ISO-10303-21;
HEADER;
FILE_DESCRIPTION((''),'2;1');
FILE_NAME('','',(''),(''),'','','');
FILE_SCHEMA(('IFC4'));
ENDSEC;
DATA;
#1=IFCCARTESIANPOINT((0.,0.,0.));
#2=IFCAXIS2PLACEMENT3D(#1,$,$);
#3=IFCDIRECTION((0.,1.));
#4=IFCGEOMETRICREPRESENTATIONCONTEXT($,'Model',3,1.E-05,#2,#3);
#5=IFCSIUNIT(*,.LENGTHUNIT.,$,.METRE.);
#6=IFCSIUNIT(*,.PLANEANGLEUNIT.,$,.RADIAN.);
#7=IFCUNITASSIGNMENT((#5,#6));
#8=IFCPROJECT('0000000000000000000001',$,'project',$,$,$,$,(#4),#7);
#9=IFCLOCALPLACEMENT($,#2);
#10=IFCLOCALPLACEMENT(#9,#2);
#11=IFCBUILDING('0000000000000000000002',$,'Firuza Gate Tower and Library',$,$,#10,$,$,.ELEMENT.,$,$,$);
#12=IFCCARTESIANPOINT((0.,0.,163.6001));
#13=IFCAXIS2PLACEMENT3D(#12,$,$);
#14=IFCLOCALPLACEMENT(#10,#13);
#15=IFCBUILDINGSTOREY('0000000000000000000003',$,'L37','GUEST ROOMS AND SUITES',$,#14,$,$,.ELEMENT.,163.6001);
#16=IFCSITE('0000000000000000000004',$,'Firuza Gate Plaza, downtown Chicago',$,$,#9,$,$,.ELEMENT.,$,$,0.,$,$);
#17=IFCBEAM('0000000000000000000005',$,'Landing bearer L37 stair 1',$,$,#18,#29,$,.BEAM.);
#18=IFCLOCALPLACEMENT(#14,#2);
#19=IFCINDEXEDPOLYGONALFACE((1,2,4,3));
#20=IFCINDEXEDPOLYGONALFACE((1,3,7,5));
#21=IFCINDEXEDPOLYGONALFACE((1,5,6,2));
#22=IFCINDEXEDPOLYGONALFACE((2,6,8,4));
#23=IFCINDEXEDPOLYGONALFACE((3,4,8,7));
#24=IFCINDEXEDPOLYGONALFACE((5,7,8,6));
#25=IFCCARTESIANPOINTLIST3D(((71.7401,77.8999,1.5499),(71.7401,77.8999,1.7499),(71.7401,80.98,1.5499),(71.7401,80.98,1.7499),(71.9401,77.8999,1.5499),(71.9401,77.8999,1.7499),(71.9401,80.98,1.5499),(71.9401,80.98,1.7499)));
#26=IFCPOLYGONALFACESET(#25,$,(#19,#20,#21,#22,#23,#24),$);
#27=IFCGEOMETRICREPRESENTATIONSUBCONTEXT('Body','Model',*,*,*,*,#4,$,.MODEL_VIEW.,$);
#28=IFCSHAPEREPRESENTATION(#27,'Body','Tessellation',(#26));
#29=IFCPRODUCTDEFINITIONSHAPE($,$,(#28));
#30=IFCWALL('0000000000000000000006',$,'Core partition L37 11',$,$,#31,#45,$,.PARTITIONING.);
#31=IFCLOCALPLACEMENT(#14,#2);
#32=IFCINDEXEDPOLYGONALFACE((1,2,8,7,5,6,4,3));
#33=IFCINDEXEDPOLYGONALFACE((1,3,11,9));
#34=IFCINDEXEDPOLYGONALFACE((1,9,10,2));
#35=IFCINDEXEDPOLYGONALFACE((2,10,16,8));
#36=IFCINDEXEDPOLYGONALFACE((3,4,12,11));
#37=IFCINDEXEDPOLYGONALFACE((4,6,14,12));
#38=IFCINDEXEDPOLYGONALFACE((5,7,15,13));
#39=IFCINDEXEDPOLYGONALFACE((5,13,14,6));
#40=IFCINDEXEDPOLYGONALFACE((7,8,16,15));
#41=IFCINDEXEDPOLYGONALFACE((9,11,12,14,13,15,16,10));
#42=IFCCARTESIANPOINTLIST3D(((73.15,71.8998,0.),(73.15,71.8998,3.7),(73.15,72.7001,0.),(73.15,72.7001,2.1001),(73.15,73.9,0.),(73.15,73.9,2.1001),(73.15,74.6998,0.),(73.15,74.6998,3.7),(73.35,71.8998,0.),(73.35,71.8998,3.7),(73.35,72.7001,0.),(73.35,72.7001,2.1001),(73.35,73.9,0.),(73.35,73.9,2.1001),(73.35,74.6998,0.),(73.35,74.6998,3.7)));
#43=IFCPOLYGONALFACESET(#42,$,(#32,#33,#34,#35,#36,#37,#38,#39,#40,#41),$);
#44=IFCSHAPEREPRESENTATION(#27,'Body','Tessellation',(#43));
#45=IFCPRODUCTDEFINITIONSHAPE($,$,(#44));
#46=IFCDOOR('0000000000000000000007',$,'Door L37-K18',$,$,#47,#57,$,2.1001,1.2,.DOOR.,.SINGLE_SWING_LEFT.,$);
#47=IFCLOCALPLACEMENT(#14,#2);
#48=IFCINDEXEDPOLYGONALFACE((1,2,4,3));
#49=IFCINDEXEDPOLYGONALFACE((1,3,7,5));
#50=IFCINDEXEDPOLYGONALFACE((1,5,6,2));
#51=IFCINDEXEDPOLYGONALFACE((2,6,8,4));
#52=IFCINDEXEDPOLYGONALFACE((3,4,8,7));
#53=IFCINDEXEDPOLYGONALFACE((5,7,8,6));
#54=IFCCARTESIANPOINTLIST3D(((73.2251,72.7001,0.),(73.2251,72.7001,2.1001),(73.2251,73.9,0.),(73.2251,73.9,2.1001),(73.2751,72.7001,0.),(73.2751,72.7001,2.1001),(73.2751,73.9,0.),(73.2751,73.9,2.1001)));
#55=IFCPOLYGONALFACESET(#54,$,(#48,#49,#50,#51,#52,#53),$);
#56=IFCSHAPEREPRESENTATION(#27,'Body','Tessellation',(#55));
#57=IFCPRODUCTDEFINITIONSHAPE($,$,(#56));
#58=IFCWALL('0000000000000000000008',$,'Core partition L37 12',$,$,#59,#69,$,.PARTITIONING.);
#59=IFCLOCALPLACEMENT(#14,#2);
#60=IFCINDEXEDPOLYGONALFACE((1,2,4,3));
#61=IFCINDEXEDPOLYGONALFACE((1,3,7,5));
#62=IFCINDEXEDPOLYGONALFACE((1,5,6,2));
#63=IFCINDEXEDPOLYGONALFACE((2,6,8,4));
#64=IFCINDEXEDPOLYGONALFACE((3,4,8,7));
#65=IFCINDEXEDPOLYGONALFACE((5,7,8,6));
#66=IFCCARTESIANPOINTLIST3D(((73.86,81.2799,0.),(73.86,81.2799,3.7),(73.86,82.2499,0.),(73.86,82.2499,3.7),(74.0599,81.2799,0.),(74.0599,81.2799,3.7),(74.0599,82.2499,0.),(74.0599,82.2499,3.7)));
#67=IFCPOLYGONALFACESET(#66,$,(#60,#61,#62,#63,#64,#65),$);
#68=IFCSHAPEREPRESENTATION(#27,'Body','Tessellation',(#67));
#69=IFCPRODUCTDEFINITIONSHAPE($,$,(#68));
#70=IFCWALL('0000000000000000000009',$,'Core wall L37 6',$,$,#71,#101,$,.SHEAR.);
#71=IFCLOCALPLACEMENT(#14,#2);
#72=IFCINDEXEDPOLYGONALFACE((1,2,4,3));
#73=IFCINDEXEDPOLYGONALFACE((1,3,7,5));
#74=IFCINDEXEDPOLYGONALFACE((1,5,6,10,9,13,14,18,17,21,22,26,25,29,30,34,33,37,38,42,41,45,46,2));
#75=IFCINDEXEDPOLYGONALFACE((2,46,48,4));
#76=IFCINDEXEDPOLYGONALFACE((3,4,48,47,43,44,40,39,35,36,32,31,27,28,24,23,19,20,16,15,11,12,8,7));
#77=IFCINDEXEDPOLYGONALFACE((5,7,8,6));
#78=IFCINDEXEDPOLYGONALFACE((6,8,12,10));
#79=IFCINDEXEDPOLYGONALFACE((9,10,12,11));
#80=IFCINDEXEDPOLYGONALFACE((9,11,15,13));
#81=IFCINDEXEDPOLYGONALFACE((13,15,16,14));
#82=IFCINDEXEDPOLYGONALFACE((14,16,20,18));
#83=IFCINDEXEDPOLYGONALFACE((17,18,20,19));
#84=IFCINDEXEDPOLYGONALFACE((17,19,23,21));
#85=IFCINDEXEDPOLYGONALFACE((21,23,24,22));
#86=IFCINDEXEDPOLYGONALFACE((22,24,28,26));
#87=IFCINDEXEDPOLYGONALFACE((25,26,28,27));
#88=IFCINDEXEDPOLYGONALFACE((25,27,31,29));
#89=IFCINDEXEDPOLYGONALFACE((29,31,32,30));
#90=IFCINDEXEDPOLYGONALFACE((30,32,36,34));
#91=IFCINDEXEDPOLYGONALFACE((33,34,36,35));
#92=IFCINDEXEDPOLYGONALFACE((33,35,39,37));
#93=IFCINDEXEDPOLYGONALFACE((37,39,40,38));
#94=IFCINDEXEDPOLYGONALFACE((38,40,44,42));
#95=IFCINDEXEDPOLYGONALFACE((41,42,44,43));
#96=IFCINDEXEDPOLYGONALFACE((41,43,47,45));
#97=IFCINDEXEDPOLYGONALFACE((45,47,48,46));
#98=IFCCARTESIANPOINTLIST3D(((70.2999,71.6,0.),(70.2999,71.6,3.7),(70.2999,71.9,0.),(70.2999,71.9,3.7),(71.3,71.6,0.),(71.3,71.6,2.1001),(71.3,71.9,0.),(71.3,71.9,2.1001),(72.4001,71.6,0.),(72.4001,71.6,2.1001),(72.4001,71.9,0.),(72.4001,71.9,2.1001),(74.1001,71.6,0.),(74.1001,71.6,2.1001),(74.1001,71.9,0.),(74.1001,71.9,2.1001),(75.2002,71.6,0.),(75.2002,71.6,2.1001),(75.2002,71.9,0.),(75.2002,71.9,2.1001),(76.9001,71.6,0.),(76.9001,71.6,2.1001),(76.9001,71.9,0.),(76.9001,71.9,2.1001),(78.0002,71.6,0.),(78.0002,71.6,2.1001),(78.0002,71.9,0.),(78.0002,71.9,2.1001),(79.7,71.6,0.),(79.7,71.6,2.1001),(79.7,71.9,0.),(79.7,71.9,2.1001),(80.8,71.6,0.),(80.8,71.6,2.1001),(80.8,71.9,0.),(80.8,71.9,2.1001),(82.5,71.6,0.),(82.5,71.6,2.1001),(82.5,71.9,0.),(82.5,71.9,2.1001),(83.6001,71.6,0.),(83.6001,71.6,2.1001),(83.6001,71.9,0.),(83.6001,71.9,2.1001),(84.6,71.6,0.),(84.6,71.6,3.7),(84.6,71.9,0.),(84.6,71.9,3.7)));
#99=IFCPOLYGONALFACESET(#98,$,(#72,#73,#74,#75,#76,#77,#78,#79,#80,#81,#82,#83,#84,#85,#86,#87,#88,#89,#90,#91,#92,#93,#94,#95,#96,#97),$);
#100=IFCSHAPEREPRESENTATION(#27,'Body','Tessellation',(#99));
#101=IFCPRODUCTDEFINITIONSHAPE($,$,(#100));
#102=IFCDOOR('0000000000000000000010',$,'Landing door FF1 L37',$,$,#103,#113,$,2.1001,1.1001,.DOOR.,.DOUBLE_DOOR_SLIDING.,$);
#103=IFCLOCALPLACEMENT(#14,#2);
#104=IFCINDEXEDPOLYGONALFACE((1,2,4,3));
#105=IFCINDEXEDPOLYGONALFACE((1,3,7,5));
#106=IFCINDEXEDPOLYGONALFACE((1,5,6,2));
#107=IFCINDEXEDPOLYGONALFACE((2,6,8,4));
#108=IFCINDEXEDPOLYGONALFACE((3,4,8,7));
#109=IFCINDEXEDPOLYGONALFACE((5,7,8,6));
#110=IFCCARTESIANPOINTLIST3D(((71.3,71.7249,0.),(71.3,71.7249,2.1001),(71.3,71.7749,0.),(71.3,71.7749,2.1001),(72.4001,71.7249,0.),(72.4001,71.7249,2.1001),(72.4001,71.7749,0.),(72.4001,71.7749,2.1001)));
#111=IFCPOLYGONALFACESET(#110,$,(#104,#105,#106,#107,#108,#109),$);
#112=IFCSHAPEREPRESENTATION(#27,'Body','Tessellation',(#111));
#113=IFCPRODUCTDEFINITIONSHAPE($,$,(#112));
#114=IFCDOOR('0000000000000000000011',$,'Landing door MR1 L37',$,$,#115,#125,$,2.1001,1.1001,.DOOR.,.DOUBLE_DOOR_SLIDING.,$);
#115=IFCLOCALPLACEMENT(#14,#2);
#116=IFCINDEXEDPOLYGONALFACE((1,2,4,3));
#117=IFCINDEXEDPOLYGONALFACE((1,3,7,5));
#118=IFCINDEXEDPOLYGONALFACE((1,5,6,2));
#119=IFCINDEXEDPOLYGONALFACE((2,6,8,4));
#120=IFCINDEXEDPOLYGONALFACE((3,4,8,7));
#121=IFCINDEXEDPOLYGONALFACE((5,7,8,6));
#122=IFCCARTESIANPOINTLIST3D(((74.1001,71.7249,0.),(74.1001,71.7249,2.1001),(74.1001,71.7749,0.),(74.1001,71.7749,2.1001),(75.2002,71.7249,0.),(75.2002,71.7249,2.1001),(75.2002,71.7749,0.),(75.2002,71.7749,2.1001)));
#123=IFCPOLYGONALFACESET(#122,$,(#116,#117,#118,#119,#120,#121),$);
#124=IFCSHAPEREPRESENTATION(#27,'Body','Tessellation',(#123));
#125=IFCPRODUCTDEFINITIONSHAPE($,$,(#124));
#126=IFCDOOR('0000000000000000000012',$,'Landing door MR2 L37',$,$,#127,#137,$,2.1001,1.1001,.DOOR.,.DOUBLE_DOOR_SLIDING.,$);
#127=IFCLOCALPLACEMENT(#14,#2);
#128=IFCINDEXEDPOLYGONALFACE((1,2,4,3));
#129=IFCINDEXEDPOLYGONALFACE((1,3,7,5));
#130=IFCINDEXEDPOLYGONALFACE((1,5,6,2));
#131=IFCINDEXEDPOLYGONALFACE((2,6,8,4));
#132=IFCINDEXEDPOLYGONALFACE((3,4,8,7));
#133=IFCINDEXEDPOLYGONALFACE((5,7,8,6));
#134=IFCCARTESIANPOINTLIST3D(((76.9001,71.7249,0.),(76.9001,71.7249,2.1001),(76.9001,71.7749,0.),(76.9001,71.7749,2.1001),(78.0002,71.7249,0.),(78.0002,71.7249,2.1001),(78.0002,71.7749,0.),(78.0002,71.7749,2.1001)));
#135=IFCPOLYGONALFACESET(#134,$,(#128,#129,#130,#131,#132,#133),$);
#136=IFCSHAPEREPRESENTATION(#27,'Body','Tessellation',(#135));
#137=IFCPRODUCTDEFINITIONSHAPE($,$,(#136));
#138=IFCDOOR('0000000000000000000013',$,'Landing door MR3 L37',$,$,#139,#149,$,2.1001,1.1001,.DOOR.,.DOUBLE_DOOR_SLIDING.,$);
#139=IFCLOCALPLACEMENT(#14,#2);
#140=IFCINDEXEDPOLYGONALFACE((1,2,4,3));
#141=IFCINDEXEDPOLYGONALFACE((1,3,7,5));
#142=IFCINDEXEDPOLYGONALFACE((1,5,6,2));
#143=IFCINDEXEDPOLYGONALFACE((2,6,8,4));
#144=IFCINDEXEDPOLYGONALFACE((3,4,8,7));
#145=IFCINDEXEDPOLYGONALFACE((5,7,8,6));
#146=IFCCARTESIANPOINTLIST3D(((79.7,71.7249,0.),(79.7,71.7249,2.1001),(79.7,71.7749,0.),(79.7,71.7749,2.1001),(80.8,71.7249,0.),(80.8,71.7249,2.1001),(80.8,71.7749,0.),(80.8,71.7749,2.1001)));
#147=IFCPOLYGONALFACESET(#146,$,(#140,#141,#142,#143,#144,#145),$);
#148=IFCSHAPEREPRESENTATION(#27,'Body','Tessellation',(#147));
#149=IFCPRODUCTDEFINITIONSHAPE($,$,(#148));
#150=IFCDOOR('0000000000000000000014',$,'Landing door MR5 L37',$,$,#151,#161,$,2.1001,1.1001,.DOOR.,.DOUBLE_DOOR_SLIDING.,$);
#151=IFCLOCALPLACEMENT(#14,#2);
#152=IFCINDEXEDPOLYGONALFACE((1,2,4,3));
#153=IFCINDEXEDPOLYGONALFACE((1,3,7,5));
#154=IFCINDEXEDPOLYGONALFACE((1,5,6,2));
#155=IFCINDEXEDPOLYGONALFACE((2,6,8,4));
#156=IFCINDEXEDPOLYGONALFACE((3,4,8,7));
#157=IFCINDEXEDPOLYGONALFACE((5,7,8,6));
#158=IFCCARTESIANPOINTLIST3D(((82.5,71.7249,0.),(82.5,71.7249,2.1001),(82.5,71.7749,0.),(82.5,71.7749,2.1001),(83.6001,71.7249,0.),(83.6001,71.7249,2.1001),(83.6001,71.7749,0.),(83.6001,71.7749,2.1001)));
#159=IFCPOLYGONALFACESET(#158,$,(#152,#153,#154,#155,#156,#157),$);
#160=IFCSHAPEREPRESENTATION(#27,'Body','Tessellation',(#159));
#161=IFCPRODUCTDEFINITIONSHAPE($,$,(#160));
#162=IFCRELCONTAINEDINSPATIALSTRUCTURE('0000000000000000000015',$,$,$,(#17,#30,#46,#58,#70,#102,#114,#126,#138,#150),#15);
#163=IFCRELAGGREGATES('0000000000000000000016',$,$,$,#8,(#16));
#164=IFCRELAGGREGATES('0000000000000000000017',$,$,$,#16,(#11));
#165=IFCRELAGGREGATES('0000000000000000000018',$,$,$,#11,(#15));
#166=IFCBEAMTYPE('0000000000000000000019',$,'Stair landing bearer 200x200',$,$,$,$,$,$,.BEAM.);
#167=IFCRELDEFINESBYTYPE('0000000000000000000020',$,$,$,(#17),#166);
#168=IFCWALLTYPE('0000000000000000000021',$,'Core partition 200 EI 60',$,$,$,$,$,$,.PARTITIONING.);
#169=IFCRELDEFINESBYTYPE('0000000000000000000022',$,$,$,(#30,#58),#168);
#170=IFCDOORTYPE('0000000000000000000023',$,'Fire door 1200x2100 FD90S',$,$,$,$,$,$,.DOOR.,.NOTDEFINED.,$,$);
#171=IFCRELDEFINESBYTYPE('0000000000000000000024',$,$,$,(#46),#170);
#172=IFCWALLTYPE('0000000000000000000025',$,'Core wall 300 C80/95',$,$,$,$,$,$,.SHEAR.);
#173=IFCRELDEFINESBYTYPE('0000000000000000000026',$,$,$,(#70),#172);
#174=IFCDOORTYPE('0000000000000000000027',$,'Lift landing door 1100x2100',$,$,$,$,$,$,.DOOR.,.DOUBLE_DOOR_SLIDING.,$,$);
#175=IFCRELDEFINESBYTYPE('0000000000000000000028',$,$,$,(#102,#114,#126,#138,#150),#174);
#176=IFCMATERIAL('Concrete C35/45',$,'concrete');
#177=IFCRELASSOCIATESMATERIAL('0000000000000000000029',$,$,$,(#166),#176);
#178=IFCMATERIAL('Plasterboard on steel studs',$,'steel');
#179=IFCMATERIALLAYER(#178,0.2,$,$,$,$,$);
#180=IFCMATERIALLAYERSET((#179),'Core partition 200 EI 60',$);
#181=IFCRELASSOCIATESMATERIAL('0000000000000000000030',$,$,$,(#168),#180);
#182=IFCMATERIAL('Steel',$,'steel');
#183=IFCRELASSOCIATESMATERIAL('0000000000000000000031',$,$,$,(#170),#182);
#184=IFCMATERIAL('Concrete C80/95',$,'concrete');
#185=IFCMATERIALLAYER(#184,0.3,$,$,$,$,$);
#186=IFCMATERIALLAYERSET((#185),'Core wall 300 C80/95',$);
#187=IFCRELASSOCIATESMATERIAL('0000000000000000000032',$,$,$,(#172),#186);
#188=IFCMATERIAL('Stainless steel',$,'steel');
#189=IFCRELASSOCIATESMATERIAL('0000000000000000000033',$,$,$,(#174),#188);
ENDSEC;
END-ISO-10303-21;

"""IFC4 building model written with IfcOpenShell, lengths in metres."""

from ifc_helpers import new_model, si_unit, direction, frame, frame_2d, origin, origin_2d, place, context, subcontext, project, spatial, rectangle, extrude, material, layer, layer_set, material_profile, profile_set, type_object, element, fill, save


model = new_model("IFC4")

# Units and contexts
model_context = context("Model", 3, precision=1e-05, world=origin(), true_north=direction((0.0, 1.0)))
body_context = subcontext(model_context, "Body", "Model", "MODEL_VIEW")
ifc_project = project(units=[si_unit("LENGTHUNIT", "METRE"), si_unit("PLANEANGLEUNIT", "RADIAN")], contexts=[model_context])

# Site, building, storey
site_placement = place(None, origin())
site = spatial("IfcSite", under=ifc_project, at=site_placement, Name="Firuza Gate Plaza, downtown Chicago", CompositionType="ELEMENT", RefElevation=0.0)
building_placement = place(site_placement, origin())
building = spatial("IfcBuilding", under=site, at=building_placement, Name="Firuza Gate Tower and Library", CompositionType="ELEMENT")
storey_placement = place(building_placement, frame((0.0, 0.0, 163.6001)))
storey = spatial("IfcBuildingStorey", under=building, at=storey_placement, Name="L37", Description="GUEST ROOMS AND SUITES", CompositionType="ELEMENT", Elevation=163.6001)

# Beam
ifc_material_1 = material(Name="Concrete C35/45", Category="concrete")
ifc_material_profile = material_profile(ifc_material_1, rectangle(XDim=0.2, YDim=0.2, at=origin_2d()))
ifc_profile_set = profile_set([ifc_material_profile], Name="Concrete C35/45")
beam_type = type_object("IfcBeamType", Name="Stair landing bearer 200x200", PredefinedType="BEAM", material=ifc_profile_set)
beam_placement = place(storey_placement, frame((71.8401, 77.8999, 1.6499), z_axis=(0.0, 1.0, 0.0), x_axis=(-1.0, 0.0, 0.0)))
element("IfcBeam", 1, at=beam_placement, inside=storey, type_object=beam_type, Name="Landing bearer L37 stair 1", PredefinedType="BEAM", context=body_context, shape_type="SweptSolid", body=[
    extrude(rectangle(XDim=0.2, YDim=0.2, at=origin_2d()), origin(), (0.0, 0.0, 1.0), 3.0801),
])

# Wall, opening, door
ifc_material_2 = material(Name="Plasterboard on steel studs", Category="steel")
ifc_layer_1 = layer(ifc_material_2, 0.2)
ifc_layer_set_1 = layer_set([ifc_layer_1], Name="Core partition 200 EI 60")
wall_type_1 = type_object("IfcWallType", Name="Core partition 200 EI 60", PredefinedType="PARTITIONING", material=ifc_layer_set_1)
wall_1_placement = place(storey_placement, frame((73.25, 71.8999, 0.0), z_axis=(0.0, 0.0, 1.0), x_axis=(0.0, 1.0, 0.0)))
wall_1 = element("IfcWall", 2, at=wall_1_placement, inside=storey, type_object=wall_type_1, Name="Core partition L37 11", PredefinedType="PARTITIONING", context=body_context, shape_type="SweptSolid", body=[
    extrude(rectangle(XDim=2.8, YDim=0.2, at=frame_2d((1.3999, 0.0))), origin(), (0.0, 0.0, 1.0), 3.7),
])
opening_1_placement = place(wall_1_placement, frame((0.8, 0.0, 0.0)))
opening_1 = element("IfcOpeningElement", 3, at=opening_1_placement, cuts=wall_1, PredefinedType="OPENING", context=body_context, shape_type="SweptSolid", body=[
    extrude(rectangle(XDim=1.2, YDim=2.1001, at=frame_2d((0.6001, 1.05))), frame((0.0, 0.1099, 0.0), z_axis=(0.0, -1.0, 0.0), x_axis=(1.0, 0.0, 0.0)), (0.0, 0.0, 1.0), 0.22),
])
ifc_material_3 = material(Name="Steel", Category="steel")
door_type_1 = type_object("IfcDoorType", Name="Fire door 1200x2100 FD90S", OperationType="NOTDEFINED", PredefinedType="DOOR", material=ifc_material_3)
door_1_placement = place(opening_1_placement, origin())
door_1 = element("IfcDoor", 4, at=door_1_placement, inside=storey, type_object=door_type_1, Name="Door L37-K18", OperationType="SINGLE_SWING_LEFT", OverallHeight=2.1001, OverallWidth=1.2, PredefinedType="DOOR", context=body_context, shape_type="SweptSolid", body=[
    extrude(rectangle(XDim=1.2, YDim=2.1001, at=frame_2d((0.6001, 1.05))), frame((0.0, 0.0249, 0.0), z_axis=(0.0, -1.0, 0.0), x_axis=(1.0, 0.0, 0.0)), (0.0, 0.0, 1.0), 0.05),
])
fill(opening_1, door_1)

# Wall
wall_2_placement = place(storey_placement, frame((73.96, 81.28, 0.0), z_axis=(0.0, 0.0, 1.0), x_axis=(0.0, 1.0, 0.0)))
element("IfcWall", 5, at=wall_2_placement, inside=storey, type_object=wall_type_1, Name="Core partition L37 12", PredefinedType="PARTITIONING", context=body_context, shape_type="SweptSolid", body=[
    extrude(rectangle(XDim=0.97, YDim=0.2, at=frame_2d((0.4849, 0.0))), origin(), (0.0, 0.0, 1.0), 3.7),
])

# Wall, openings, doors
ifc_material_4 = material(Name="Concrete C80/95", Category="concrete")
ifc_layer_2 = layer(ifc_material_4, 0.3)
ifc_layer_set_2 = layer_set([ifc_layer_2], Name="Core wall 300 C80/95")
wall_type_2 = type_object("IfcWallType", Name="Core wall 300 C80/95", PredefinedType="SHEAR", material=ifc_layer_set_2)
wall_3_placement = place(storey_placement, frame((70.3, 71.75, 0.0), z_axis=(0.0, 0.0, 1.0), x_axis=(1.0, 0.0, 0.0)))
wall_3 = element("IfcWall", 6, at=wall_3_placement, inside=storey, type_object=wall_type_2, Name="Core wall L37 6", PredefinedType="SHEAR", context=body_context, shape_type="SweptSolid", body=[
    extrude(rectangle(XDim=14.3, YDim=0.3, at=frame_2d((7.1499, 0.0))), origin(), (0.0, 0.0, 1.0), 3.7),
])
opening_2_placement = place(wall_3_placement, frame((1.0, 0.0, 0.0)))
opening_2 = element("IfcOpeningElement", 7, at=opening_2_placement, cuts=wall_3, PredefinedType="OPENING", context=body_context, shape_type="SweptSolid", body=[
    extrude(rectangle(XDim=1.1001, YDim=2.1001, at=frame_2d((0.55, 1.05))), frame((0.0, 0.1602, 0.0), z_axis=(0.0, -1.0, 0.0), x_axis=(1.0, 0.0, 0.0)), (0.0, 0.0, 1.0), 0.3201),
])
opening_3_placement = place(wall_3_placement, frame((3.8, 0.0, 0.0)))
opening_3 = element("IfcOpeningElement", 8, at=opening_3_placement, cuts=wall_3, PredefinedType="OPENING", context=body_context, shape_type="SweptSolid", body=[
    extrude(rectangle(XDim=1.1001, YDim=2.1001, at=frame_2d((0.55, 1.05))), frame((0.0, 0.1602, 0.0), z_axis=(0.0, -1.0, 0.0), x_axis=(1.0, 0.0, 0.0)), (0.0, 0.0, 1.0), 0.3201),
])
opening_4_placement = place(wall_3_placement, frame((6.6001, 0.0, 0.0)))
opening_4 = element("IfcOpeningElement", 9, at=opening_4_placement, cuts=wall_3, PredefinedType="OPENING", context=body_context, shape_type="SweptSolid", body=[
    extrude(rectangle(XDim=1.1001, YDim=2.1001, at=frame_2d((0.55, 1.05))), frame((0.0, 0.1602, 0.0), z_axis=(0.0, -1.0, 0.0), x_axis=(1.0, 0.0, 0.0)), (0.0, 0.0, 1.0), 0.3201),
])
opening_5_placement = place(wall_3_placement, frame((9.3999, 0.0, 0.0)))
opening_5 = element("IfcOpeningElement", 10, at=opening_5_placement, cuts=wall_3, PredefinedType="OPENING", context=body_context, shape_type="SweptSolid", body=[
    extrude(rectangle(XDim=1.1001, YDim=2.1001, at=frame_2d((0.55, 1.05))), frame((0.0, 0.1602, 0.0), z_axis=(0.0, -1.0, 0.0), x_axis=(1.0, 0.0, 0.0)), (0.0, 0.0, 1.0), 0.3201),
])
opening_6_placement = place(wall_3_placement, frame((12.2, 0.0, 0.0)))
opening_6 = element("IfcOpeningElement", 11, at=opening_6_placement, cuts=wall_3, PredefinedType="OPENING", context=body_context, shape_type="SweptSolid", body=[
    extrude(rectangle(XDim=1.1001, YDim=2.1001, at=frame_2d((0.55, 1.05))), frame((0.0, 0.1602, 0.0), z_axis=(0.0, -1.0, 0.0), x_axis=(1.0, 0.0, 0.0)), (0.0, 0.0, 1.0), 0.3201),
])
ifc_material_5 = material(Name="Stainless steel", Category="steel")
door_type_2 = type_object("IfcDoorType", Name="Lift landing door 1100x2100", OperationType="DOUBLE_DOOR_SLIDING", PredefinedType="DOOR", material=ifc_material_5)
door_2_placement = place(opening_2_placement, origin())
door_2 = element("IfcDoor", 12, at=door_2_placement, inside=storey, type_object=door_type_2, Name="Landing door FF1 L37", OperationType="DOUBLE_DOOR_SLIDING", OverallHeight=2.1001, OverallWidth=1.1001, PredefinedType="DOOR", context=body_context, shape_type="SweptSolid", body=[
    extrude(rectangle(XDim=1.1001, YDim=2.1001, at=frame_2d((0.55, 1.05))), frame((0.0, 0.0249, 0.0), z_axis=(0.0, -1.0, 0.0), x_axis=(1.0, 0.0, 0.0)), (0.0, 0.0, 1.0), 0.05),
])
fill(opening_2, door_2)
door_3_placement = place(opening_3_placement, origin())
door_3 = element("IfcDoor", 13, at=door_3_placement, inside=storey, type_object=door_type_2, Name="Landing door MR1 L37", OperationType="DOUBLE_DOOR_SLIDING", OverallHeight=2.1001, OverallWidth=1.1001, PredefinedType="DOOR", context=body_context, shape_type="SweptSolid", body=[
    extrude(rectangle(XDim=1.1001, YDim=2.1001, at=frame_2d((0.55, 1.05))), frame((0.0, 0.0249, 0.0), z_axis=(0.0, -1.0, 0.0), x_axis=(1.0, 0.0, 0.0)), (0.0, 0.0, 1.0), 0.05),
])
fill(opening_3, door_3)
door_4_placement = place(opening_4_placement, origin())
door_4 = element("IfcDoor", 14, at=door_4_placement, inside=storey, type_object=door_type_2, Name="Landing door MR2 L37", OperationType="DOUBLE_DOOR_SLIDING", OverallHeight=2.1001, OverallWidth=1.1001, PredefinedType="DOOR", context=body_context, shape_type="SweptSolid", body=[
    extrude(rectangle(XDim=1.1001, YDim=2.1001, at=frame_2d((0.55, 1.05))), frame((0.0, 0.0249, 0.0), z_axis=(0.0, -1.0, 0.0), x_axis=(1.0, 0.0, 0.0)), (0.0, 0.0, 1.0), 0.05),
])
fill(opening_4, door_4)
door_5_placement = place(opening_5_placement, origin())
door_5 = element("IfcDoor", 15, at=door_5_placement, inside=storey, type_object=door_type_2, Name="Landing door MR3 L37", OperationType="DOUBLE_DOOR_SLIDING", OverallHeight=2.1001, OverallWidth=1.1001, PredefinedType="DOOR", context=body_context, shape_type="SweptSolid", body=[
    extrude(rectangle(XDim=1.1001, YDim=2.1001, at=frame_2d((0.55, 1.05))), frame((0.0, 0.0249, 0.0), z_axis=(0.0, -1.0, 0.0), x_axis=(1.0, 0.0, 0.0)), (0.0, 0.0, 1.0), 0.05),
])
fill(opening_5, door_5)
door_6_placement = place(opening_6_placement, origin())
door_6 = element("IfcDoor", 16, at=door_6_placement, inside=storey, type_object=door_type_2, Name="Landing door MR5 L37", OperationType="DOUBLE_DOOR_SLIDING", OverallHeight=2.1001, OverallWidth=1.1001, PredefinedType="DOOR", context=body_context, shape_type="SweptSolid", body=[
    extrude(rectangle(XDim=1.1001, YDim=2.1001, at=frame_2d((0.55, 1.05))), frame((0.0, 0.0249, 0.0), z_axis=(0.0, -1.0, 0.0), x_axis=(1.0, 0.0, 0.0)), (0.0, 0.0, 1.0), 0.05),
])
fill(opening_6, door_6)

save(model, "model.ifc")
